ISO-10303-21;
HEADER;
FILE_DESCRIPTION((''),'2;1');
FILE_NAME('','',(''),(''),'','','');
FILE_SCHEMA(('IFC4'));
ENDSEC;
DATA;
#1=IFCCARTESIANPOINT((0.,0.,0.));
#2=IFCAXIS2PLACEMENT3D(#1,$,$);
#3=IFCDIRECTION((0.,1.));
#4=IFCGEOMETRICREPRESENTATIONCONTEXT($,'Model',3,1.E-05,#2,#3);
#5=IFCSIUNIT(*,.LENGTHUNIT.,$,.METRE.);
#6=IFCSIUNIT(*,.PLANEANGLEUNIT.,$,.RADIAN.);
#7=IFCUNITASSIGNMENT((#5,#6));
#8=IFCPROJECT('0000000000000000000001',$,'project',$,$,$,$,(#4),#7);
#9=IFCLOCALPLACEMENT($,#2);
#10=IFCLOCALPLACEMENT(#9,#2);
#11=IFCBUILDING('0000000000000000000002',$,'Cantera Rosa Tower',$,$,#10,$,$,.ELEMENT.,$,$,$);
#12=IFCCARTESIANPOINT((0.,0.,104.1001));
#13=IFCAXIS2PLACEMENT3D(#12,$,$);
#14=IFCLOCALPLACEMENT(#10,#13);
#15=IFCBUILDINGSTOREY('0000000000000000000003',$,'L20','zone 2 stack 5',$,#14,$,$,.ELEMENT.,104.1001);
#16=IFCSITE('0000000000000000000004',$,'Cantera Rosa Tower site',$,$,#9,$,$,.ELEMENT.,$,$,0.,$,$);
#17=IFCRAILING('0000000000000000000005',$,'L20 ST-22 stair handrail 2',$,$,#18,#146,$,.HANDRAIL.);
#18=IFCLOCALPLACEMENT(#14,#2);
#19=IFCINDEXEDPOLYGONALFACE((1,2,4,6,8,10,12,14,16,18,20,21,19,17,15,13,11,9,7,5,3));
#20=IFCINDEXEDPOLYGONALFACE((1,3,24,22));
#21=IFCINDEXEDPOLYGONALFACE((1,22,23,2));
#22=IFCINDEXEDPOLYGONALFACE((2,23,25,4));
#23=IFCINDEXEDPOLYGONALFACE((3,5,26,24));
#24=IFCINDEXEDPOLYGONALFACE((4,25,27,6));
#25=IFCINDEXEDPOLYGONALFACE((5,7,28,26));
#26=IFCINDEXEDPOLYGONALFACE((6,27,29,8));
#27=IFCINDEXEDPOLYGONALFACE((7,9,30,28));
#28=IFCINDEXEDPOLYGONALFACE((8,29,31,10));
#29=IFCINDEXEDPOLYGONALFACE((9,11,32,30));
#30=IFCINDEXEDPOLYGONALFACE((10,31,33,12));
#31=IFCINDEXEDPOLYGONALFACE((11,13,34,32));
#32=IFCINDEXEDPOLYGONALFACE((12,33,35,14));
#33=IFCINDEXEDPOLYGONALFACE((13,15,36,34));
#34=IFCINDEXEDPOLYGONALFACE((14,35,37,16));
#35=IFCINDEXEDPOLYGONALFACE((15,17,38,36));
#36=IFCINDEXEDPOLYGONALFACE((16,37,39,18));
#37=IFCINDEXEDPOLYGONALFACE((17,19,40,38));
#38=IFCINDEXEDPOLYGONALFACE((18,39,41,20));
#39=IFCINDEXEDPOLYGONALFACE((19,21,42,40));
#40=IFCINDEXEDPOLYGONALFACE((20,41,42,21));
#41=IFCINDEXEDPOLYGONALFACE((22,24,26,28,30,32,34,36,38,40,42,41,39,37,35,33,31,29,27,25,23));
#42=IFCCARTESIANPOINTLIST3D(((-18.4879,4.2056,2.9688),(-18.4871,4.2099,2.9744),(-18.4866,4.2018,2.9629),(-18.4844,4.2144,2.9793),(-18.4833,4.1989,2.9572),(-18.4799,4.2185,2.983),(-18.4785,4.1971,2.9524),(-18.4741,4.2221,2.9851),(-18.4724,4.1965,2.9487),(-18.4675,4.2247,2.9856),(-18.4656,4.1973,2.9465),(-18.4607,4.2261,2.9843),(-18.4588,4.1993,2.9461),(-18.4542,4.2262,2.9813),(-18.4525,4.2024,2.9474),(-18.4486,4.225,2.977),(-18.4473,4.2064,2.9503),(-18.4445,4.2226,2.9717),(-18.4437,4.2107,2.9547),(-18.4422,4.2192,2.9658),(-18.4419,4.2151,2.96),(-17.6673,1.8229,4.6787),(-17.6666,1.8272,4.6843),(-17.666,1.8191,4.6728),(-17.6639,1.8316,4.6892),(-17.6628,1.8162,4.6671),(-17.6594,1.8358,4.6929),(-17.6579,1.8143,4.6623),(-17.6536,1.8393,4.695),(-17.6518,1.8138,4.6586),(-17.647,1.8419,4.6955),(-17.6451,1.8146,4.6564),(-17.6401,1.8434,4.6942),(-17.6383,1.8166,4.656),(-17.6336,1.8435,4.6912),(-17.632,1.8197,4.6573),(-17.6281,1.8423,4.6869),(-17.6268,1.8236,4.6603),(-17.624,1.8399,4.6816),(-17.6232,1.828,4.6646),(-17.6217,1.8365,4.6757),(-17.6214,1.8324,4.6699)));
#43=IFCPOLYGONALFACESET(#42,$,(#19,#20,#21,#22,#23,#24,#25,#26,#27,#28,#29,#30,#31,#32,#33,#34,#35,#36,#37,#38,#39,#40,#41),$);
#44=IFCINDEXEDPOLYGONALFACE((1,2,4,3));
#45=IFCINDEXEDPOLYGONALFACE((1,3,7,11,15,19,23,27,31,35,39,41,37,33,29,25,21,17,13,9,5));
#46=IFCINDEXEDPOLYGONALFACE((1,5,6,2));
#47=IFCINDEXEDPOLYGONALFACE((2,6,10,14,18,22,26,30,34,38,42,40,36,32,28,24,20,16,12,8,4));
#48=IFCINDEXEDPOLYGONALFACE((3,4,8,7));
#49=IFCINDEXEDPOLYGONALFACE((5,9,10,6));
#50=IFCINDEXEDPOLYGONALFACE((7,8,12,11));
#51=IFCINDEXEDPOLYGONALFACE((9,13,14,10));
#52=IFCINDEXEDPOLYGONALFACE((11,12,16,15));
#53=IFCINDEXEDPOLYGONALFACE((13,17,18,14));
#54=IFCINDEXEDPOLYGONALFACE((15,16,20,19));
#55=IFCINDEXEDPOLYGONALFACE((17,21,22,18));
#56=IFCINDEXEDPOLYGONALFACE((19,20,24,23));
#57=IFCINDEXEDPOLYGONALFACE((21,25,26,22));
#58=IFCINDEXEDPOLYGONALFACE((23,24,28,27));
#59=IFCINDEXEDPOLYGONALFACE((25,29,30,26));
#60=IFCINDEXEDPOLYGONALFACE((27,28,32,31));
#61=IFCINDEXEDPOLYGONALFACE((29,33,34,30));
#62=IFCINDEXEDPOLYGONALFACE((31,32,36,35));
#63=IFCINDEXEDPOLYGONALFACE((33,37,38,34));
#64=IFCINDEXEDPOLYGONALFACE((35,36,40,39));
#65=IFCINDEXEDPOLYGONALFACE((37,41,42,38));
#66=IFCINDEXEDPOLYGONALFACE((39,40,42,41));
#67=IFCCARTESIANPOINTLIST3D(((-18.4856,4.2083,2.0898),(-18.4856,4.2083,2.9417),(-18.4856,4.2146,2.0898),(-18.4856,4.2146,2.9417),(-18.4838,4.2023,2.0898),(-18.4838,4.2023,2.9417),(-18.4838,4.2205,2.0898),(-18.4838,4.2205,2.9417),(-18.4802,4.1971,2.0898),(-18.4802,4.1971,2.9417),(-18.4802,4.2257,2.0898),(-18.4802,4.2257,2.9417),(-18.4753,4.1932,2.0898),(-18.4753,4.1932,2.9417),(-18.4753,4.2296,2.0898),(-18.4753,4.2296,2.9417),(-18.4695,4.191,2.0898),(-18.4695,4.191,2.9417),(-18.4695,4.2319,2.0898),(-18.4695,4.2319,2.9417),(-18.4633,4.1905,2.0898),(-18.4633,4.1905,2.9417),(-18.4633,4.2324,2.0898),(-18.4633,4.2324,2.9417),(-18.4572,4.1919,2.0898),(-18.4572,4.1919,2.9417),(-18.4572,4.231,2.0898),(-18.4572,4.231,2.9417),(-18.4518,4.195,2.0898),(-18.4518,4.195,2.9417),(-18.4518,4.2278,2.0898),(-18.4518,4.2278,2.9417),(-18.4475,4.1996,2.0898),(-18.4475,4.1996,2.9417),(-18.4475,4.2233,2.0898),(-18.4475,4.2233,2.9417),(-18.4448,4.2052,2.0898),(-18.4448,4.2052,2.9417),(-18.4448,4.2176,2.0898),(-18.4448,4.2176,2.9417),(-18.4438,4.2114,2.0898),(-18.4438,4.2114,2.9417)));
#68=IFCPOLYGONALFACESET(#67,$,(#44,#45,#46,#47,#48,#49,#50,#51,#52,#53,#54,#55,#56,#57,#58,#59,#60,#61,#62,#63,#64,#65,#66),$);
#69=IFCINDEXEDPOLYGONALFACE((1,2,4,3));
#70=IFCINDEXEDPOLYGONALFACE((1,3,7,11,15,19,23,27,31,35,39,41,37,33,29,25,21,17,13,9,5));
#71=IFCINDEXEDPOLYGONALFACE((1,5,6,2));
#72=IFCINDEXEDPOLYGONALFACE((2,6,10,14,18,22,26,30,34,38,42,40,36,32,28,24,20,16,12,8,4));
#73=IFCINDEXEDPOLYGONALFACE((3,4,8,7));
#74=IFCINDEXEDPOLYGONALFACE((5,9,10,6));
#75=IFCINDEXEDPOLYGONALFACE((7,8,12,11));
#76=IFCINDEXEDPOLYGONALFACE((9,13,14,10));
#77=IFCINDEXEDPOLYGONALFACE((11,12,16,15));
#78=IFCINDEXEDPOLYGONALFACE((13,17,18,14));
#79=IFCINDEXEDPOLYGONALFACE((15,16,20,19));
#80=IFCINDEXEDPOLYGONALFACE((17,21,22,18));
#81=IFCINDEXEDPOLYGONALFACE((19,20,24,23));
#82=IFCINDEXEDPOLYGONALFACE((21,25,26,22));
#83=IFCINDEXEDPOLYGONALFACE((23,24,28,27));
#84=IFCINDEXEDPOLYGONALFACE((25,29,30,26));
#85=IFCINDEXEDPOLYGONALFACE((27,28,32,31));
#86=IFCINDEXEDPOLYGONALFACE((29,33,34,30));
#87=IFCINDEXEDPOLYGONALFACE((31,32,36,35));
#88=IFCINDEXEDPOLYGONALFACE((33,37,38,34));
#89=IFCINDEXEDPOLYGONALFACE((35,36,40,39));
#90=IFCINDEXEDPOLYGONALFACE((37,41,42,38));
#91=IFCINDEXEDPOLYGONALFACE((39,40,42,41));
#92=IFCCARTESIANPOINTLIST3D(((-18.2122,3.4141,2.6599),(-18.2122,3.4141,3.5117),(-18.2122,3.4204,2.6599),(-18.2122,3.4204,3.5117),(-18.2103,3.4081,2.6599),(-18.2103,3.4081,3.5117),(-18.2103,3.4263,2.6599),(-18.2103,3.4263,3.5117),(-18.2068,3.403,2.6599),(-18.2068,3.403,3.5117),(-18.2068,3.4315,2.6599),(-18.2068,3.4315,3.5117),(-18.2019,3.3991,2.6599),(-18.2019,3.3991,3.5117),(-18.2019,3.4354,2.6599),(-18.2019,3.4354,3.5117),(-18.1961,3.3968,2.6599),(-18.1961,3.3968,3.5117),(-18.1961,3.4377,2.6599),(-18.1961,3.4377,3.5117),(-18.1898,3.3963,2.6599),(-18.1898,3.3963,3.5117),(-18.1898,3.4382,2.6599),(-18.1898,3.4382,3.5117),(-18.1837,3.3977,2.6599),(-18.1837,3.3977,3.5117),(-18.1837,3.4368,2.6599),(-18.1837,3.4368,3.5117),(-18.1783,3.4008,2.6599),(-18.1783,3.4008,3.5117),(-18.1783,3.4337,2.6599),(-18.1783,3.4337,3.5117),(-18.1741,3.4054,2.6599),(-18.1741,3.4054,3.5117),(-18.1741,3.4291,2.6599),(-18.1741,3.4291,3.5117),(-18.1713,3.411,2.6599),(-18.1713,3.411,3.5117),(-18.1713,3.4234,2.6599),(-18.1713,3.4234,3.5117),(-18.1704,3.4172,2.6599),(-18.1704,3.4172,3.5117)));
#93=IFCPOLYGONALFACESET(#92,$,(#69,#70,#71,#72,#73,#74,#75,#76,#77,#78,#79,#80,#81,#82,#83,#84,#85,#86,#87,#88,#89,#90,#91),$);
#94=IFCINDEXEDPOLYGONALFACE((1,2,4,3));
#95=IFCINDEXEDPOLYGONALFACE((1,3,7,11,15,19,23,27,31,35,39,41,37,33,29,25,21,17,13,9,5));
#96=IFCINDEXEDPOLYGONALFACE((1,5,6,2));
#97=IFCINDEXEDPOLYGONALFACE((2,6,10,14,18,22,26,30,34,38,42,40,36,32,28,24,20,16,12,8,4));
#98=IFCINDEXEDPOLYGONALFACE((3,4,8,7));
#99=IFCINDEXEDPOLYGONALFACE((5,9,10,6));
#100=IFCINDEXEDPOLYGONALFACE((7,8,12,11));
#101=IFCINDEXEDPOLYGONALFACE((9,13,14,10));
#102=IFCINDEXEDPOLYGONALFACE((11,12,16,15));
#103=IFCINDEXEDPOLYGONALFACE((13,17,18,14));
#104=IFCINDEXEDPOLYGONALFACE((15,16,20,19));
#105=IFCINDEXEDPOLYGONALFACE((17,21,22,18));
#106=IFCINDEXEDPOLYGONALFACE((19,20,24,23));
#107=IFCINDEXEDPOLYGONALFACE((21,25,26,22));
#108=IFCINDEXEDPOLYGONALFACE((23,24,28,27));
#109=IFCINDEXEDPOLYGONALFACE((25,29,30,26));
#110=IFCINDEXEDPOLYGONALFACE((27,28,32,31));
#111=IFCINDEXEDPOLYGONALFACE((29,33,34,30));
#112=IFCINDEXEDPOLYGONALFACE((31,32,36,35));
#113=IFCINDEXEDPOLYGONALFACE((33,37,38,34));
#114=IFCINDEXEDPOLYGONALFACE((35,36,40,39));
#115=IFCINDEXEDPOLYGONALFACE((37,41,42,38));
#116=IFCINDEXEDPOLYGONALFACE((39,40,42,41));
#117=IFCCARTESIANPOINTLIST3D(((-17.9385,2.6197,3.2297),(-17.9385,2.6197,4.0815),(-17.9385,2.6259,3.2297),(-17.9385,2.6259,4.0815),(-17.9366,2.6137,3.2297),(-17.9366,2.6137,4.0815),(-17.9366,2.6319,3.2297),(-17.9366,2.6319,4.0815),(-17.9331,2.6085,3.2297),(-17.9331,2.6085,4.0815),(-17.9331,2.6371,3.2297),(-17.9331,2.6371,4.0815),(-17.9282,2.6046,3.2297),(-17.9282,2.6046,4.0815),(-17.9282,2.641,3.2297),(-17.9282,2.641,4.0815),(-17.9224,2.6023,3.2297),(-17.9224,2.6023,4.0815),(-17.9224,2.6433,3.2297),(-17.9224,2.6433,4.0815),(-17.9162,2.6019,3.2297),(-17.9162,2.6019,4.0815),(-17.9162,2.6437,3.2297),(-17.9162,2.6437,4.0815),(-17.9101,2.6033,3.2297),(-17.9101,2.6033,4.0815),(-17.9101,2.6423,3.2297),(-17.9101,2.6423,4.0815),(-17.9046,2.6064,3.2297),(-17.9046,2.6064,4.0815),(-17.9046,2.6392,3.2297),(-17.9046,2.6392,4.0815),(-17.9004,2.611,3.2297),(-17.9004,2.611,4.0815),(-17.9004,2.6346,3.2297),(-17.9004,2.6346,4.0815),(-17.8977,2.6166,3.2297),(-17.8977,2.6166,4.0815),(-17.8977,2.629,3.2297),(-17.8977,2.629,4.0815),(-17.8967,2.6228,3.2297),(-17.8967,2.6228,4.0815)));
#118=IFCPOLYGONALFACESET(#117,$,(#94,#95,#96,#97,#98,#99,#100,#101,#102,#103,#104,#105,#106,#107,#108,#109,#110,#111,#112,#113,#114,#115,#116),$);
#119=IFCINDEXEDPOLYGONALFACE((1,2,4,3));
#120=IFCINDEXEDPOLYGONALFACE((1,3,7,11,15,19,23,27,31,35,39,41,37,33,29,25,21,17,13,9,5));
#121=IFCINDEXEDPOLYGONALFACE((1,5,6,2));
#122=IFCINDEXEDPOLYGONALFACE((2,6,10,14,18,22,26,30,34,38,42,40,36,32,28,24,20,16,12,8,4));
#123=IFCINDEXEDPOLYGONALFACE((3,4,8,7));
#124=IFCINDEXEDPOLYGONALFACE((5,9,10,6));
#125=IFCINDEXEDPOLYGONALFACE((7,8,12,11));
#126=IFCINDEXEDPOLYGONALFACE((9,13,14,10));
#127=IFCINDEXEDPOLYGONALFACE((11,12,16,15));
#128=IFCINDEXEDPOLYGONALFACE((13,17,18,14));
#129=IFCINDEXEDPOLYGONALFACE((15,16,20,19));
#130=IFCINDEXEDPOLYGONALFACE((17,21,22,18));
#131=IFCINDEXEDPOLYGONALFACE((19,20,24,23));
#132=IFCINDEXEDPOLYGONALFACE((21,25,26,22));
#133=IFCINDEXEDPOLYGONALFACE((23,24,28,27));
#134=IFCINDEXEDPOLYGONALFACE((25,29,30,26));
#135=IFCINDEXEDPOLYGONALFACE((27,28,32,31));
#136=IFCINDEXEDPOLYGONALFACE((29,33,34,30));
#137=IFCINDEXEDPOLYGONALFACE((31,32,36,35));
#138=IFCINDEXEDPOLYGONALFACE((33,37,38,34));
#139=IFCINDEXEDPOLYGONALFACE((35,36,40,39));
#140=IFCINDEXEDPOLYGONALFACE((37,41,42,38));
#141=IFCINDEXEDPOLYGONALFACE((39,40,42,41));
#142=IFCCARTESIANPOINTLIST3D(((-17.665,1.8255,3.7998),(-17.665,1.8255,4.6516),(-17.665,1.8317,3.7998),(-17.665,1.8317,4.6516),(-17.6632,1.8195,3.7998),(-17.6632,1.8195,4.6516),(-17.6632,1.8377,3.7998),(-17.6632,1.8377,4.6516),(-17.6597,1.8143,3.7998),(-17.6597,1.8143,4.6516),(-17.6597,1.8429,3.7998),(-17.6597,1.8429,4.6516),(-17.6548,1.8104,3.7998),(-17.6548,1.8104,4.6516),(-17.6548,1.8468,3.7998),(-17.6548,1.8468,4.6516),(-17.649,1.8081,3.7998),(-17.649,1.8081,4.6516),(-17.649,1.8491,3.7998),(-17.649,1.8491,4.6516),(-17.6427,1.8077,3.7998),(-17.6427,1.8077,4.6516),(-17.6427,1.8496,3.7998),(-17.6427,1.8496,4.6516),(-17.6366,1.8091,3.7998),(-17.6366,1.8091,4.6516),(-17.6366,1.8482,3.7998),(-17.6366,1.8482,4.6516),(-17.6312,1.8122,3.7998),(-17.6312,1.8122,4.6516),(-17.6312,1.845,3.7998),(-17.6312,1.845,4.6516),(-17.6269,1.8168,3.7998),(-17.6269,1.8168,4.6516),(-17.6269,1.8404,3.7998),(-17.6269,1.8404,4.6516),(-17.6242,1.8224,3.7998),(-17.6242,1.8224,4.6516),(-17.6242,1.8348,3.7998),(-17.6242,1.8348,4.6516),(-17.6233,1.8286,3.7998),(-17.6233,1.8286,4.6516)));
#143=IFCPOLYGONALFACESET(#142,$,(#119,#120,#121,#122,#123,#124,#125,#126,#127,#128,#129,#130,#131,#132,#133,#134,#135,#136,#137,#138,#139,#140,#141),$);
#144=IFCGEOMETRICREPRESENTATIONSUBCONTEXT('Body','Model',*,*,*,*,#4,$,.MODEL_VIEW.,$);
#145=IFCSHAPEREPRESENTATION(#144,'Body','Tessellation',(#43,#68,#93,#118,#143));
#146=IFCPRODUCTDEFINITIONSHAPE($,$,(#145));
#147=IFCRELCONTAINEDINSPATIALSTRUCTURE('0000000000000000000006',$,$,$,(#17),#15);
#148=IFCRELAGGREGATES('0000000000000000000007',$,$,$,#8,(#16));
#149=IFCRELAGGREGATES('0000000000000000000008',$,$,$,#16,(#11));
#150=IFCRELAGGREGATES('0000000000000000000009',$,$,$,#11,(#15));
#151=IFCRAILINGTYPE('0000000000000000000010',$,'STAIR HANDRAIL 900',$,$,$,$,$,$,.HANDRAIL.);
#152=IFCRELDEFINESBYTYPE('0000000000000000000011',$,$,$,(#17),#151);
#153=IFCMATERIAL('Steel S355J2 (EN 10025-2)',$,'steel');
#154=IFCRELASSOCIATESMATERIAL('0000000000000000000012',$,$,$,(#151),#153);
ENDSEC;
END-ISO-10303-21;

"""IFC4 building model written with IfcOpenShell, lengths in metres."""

from ifc_helpers import new_model, si_unit, direction, frame, origin, origin_2d, place, context, subcontext, project, spatial, circle, extrude, material, type_object, element, save


model = new_model("IFC4")

# Units and contexts
model_context = context("Model", 3, precision=1e-05, world=origin(), true_north=direction((0.0, 1.0)))
body_context = subcontext(model_context, "Body", "Model", "MODEL_VIEW")
ifc_project = project(units=[si_unit("LENGTHUNIT", "METRE"), si_unit("PLANEANGLEUNIT", "RADIAN")], contexts=[model_context])

# Site, building, storey
site_placement = place(None, origin())
site = spatial("IfcSite", under=ifc_project, at=site_placement, Name="Cantera Rosa Tower site", CompositionType="ELEMENT", RefElevation=0.0)
building_placement = place(site_placement, origin())
building = spatial("IfcBuilding", under=site, at=building_placement, Name="Cantera Rosa Tower", CompositionType="ELEMENT")
storey_placement = place(building_placement, frame((0.0, 0.0, 104.1001)))
storey = spatial("IfcBuildingStorey", under=building, at=storey_placement, Name="L20", Description="zone 2 stack 5", CompositionType="ELEMENT", Elevation=104.1001)

# Railing
ifc_material_1 = material(Name="Steel S355J2 (EN 10025-2)", Category="steel")
railing_type_1 = type_object("IfcRailingType", Name="STAIR HANDRAIL 900", PredefinedType="HANDRAIL", material=ifc_material_1)
railing_1_placement = place(storey_placement, frame((-18.4648, 4.2114, 2.0898)))
element("IfcRailing", 1, at=railing_1_placement, inside=storey, type_object=railing_type_1, Name="L20 ST-22 stair handrail 2", PredefinedType="HANDRAIL", context=body_context, shape_type="SweptSolid", body=[
    extrude(circle(Radius=0.0239, at=origin_2d()), frame((0.0, 0.0, 0.876), z_axis=(0.269432, -0.782404, 0.561471), x_axis=(0.945508, 0.3256, 0.0)), (0.0, 0.0, 1.0), 3.0454),
    extrude(circle(Radius=0.021, at=origin_2d()), origin(), (0.0, 0.0, 1.0), 0.8518),
    extrude(circle(Radius=0.021, at=origin_2d()), frame((0.2734, -0.7942, 0.5701)), (0.0, 0.0, 1.0), 0.8518),
    extrude(circle(Radius=0.021, at=origin_2d()), frame((0.5471, -1.5886, 1.1399)), (0.0, 0.0, 1.0), 0.8518),
    extrude(circle(Radius=0.021, at=origin_2d()), frame((0.8206, -2.3828, 1.71)), (0.0, 0.0, 1.0), 0.8518),
])

save(model, "model.ifc")
